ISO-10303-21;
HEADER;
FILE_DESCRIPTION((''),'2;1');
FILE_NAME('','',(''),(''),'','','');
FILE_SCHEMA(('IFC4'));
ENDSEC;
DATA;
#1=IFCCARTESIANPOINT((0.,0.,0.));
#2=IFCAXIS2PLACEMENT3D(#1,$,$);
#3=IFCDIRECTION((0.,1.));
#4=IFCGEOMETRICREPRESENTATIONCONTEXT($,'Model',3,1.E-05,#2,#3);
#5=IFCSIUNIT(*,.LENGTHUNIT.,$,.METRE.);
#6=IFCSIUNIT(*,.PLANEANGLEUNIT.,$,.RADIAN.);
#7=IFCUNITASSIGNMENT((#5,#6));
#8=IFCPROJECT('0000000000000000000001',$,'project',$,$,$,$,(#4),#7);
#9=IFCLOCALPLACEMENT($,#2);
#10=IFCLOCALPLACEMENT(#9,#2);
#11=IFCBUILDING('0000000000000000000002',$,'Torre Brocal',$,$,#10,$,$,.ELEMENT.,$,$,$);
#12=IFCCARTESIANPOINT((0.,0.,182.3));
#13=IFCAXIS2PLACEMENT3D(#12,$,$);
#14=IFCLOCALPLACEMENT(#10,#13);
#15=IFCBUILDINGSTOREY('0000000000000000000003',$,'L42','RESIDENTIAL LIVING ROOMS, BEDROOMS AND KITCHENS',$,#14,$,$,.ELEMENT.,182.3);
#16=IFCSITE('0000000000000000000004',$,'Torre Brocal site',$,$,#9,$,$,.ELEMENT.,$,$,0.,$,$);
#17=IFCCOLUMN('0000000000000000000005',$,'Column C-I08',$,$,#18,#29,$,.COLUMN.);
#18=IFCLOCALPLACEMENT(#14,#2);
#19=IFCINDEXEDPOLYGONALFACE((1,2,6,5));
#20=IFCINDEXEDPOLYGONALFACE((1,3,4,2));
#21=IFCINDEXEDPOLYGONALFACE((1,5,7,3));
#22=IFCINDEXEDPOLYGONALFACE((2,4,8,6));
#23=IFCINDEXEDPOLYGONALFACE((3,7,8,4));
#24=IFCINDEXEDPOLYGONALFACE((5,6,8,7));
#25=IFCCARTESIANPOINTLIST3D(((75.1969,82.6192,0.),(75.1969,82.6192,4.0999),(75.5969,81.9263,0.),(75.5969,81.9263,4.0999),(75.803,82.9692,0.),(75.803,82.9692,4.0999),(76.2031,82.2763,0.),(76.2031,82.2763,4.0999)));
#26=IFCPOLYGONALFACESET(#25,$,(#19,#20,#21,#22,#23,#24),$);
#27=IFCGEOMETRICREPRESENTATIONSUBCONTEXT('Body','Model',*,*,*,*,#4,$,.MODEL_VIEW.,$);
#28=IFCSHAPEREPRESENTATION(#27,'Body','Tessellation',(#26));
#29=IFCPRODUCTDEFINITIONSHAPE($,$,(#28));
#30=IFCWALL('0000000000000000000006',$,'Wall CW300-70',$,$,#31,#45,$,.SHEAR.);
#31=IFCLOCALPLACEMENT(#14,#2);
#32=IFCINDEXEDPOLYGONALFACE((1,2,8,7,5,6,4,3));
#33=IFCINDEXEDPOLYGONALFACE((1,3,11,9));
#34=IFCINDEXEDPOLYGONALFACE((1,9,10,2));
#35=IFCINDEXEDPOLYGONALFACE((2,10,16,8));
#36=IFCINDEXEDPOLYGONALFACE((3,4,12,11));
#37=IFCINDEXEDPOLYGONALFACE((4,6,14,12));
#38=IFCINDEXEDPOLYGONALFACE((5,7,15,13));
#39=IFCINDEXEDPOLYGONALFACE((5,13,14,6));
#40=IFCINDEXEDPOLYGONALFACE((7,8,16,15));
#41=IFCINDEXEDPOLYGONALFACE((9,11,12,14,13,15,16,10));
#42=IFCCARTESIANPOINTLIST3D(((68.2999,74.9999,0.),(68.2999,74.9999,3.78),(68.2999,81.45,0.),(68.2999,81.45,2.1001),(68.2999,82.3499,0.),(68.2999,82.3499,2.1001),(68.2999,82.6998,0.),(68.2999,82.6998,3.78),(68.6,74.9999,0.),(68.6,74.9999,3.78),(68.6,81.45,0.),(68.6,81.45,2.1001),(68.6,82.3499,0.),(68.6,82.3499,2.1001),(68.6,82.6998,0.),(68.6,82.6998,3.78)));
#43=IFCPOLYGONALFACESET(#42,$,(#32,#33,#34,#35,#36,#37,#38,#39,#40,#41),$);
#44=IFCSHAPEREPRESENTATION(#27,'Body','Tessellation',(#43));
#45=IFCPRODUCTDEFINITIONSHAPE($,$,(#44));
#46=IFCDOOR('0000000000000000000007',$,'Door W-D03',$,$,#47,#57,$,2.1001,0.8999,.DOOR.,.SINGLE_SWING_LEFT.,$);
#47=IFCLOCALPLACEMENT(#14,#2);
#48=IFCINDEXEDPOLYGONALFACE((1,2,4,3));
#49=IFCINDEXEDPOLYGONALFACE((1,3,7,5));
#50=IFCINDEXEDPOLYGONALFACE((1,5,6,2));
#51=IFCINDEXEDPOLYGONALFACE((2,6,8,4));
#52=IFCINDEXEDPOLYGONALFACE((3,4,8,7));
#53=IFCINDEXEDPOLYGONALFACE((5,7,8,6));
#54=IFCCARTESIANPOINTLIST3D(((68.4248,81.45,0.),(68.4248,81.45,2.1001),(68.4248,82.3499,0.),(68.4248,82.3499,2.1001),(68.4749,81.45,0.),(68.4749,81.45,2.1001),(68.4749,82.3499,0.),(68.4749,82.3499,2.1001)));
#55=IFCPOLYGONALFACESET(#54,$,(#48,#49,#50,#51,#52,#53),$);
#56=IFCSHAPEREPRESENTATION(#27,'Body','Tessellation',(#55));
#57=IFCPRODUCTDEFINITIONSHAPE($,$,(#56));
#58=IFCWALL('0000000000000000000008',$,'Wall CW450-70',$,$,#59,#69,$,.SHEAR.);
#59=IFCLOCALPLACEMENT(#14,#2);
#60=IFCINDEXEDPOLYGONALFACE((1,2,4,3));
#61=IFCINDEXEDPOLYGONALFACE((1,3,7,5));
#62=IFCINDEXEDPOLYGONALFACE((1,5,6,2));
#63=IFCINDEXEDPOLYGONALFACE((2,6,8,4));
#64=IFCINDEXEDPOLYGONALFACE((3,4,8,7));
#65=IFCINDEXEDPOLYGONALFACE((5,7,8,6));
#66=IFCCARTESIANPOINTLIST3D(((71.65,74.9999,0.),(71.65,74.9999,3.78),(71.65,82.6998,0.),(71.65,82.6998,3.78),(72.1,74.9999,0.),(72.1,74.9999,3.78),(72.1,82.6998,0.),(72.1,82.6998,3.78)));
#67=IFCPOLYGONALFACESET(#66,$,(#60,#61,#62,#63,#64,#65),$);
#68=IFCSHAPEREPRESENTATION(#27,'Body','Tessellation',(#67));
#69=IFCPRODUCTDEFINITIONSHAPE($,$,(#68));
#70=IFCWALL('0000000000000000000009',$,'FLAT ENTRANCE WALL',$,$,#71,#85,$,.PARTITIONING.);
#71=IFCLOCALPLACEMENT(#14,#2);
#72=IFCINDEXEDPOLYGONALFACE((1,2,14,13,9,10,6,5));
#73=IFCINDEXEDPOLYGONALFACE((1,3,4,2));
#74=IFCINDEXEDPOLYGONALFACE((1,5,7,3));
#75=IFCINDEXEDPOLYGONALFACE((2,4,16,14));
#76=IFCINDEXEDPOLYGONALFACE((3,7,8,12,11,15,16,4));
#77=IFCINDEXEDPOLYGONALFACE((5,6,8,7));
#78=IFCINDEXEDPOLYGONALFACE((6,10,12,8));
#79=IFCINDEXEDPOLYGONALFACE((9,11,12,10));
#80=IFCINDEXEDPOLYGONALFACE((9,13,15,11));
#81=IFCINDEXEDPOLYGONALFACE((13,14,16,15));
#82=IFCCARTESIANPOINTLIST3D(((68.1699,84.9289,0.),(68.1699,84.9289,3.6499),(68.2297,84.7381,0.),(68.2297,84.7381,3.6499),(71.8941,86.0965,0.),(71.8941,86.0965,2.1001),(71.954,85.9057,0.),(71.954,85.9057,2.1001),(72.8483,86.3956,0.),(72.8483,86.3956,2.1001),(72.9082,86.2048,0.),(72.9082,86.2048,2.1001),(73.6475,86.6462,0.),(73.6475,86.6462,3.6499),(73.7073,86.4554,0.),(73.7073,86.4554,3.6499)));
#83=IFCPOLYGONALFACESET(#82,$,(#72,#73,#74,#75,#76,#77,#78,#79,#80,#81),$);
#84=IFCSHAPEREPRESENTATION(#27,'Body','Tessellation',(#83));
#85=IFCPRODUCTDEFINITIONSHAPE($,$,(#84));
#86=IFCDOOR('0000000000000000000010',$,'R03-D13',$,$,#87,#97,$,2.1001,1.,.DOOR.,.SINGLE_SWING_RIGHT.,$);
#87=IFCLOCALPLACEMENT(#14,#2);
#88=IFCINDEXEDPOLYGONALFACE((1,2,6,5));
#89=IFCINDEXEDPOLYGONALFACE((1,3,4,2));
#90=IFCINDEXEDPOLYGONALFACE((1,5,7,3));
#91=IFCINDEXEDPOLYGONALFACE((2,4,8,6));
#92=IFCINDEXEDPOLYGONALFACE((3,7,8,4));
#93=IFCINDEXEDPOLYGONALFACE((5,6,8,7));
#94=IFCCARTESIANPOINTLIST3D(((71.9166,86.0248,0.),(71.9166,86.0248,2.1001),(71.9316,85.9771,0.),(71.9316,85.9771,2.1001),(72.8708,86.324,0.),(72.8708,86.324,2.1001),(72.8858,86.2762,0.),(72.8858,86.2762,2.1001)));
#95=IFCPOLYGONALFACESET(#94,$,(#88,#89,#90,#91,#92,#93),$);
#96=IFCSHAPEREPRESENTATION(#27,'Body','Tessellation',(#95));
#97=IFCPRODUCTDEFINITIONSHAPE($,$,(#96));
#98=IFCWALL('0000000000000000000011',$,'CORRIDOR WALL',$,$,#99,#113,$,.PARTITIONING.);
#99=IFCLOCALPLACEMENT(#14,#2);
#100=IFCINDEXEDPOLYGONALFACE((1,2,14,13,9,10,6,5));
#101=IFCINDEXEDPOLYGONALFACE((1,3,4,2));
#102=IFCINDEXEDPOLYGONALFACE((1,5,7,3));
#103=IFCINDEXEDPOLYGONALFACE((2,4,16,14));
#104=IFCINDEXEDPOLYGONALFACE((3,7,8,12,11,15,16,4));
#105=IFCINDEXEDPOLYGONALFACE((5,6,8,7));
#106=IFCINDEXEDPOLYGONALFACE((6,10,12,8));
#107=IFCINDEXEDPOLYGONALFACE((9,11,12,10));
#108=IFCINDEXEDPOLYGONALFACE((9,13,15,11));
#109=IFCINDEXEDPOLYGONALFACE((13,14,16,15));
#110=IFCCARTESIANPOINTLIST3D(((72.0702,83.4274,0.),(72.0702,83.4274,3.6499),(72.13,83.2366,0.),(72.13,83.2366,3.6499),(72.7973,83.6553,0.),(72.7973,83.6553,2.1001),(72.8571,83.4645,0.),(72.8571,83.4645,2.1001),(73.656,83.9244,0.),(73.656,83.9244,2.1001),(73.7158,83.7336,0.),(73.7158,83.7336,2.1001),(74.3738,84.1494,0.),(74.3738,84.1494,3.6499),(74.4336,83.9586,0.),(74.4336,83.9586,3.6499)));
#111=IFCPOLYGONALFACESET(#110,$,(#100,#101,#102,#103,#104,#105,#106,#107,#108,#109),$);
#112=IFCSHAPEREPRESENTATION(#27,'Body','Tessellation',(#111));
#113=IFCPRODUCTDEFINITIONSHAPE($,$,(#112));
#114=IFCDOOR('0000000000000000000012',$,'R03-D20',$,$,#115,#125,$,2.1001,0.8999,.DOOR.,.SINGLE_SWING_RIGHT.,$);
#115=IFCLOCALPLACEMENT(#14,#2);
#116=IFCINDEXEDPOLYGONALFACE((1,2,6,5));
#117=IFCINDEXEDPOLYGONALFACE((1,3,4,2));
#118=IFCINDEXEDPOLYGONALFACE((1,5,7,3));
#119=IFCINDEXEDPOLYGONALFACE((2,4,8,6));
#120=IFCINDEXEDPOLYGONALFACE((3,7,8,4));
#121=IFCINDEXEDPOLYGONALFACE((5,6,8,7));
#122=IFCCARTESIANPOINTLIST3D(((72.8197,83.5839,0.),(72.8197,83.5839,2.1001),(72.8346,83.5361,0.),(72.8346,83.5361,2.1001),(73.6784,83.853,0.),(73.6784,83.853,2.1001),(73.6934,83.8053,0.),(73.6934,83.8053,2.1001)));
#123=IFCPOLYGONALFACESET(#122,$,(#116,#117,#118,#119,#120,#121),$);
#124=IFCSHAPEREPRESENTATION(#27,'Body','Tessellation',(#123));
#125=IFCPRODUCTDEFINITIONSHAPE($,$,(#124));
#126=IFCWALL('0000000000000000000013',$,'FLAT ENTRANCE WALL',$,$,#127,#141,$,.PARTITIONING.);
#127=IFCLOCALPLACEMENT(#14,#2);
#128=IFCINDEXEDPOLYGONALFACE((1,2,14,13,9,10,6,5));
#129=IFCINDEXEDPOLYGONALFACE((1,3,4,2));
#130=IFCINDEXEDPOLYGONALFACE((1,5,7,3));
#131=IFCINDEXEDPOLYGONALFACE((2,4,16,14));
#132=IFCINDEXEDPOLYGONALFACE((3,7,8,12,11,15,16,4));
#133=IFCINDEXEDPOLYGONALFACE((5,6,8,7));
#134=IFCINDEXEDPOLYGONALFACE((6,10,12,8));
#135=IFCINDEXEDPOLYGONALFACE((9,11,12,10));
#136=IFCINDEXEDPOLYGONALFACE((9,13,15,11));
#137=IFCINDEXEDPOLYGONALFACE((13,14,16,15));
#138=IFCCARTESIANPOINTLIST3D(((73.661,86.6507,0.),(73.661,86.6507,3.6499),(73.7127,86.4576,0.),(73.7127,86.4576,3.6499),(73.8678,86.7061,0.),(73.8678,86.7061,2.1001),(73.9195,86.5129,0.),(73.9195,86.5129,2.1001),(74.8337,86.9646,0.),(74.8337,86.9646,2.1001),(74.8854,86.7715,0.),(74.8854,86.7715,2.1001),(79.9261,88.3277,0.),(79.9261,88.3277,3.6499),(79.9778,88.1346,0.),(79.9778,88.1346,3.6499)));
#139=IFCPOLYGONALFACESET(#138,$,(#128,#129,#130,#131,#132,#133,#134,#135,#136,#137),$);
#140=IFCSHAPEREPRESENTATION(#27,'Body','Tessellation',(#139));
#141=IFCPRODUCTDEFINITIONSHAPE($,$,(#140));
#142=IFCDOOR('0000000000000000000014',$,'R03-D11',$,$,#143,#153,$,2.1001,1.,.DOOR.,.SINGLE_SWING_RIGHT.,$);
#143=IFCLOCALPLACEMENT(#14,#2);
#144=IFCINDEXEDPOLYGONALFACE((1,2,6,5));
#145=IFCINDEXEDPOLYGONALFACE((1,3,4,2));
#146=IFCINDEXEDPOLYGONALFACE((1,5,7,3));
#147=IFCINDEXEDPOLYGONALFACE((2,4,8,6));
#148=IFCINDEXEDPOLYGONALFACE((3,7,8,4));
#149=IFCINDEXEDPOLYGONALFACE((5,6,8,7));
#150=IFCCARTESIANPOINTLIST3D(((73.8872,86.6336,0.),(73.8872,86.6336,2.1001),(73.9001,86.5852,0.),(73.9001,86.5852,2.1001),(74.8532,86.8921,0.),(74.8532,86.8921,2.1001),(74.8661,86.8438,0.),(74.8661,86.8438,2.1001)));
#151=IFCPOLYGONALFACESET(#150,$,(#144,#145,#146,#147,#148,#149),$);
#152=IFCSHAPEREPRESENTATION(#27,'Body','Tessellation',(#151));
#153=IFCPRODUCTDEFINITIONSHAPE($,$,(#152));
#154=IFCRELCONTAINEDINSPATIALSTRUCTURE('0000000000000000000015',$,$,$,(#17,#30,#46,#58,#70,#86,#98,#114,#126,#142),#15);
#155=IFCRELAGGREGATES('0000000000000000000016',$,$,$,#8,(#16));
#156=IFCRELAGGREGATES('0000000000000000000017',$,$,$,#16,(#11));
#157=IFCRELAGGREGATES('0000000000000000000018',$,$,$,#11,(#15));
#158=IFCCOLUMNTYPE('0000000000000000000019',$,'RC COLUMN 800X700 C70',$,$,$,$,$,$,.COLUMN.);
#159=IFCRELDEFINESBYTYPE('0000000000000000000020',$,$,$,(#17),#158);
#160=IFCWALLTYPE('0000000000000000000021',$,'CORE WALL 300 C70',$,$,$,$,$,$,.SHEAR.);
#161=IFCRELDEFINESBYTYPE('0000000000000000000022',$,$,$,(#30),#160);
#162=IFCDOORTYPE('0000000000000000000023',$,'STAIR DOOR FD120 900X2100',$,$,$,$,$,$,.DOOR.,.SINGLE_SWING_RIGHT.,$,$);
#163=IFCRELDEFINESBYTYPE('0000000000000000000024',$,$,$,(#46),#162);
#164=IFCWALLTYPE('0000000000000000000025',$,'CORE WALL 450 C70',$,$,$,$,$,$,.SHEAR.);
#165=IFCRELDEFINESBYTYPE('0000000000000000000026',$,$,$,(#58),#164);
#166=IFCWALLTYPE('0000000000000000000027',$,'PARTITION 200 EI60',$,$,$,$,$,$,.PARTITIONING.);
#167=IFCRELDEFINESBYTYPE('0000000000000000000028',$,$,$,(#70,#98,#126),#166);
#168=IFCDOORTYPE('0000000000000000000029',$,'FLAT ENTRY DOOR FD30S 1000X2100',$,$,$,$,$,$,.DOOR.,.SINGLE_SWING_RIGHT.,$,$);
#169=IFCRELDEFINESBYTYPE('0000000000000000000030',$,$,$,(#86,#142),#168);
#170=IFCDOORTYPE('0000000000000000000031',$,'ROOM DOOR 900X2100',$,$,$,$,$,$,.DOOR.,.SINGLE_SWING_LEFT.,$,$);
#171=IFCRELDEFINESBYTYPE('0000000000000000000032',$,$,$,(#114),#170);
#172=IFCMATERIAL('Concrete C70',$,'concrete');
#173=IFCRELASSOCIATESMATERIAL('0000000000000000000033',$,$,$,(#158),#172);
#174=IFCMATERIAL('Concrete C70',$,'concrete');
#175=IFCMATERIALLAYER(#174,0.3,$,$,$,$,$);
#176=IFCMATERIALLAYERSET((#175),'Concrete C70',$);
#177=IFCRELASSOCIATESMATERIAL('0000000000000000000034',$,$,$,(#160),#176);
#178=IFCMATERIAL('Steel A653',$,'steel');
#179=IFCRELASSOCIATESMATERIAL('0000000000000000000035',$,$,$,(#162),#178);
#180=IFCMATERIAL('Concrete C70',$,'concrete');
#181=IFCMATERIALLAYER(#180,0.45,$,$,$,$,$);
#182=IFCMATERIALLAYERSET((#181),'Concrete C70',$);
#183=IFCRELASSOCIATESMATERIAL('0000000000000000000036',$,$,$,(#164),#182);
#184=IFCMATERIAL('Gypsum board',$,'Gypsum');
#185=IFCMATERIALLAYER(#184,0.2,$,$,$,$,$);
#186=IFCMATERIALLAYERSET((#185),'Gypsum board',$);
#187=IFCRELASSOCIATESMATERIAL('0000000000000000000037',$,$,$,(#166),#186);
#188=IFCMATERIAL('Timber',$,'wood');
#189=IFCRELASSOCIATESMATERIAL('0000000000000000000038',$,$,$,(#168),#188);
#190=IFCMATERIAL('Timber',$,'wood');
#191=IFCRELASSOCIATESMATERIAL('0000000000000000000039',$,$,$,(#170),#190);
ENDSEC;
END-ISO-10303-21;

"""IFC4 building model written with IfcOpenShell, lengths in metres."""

from ifc_helpers import new_model, si_unit, direction, frame, frame_2d, origin, origin_2d, place, context, subcontext, project, spatial, rectangle, extrude, material, layer, layer_set, material_profile, profile_set, type_object, element, fill, save


model = new_model("IFC4")

# Units and contexts
model_context = context("Model", 3, precision=1e-05, world=origin(), true_north=direction((0.0, 1.0)))
body_context = subcontext(model_context, "Body", "Model", "MODEL_VIEW")
ifc_project = project(units=[si_unit("LENGTHUNIT", "METRE"), si_unit("PLANEANGLEUNIT", "RADIAN")], contexts=[model_context])

# Site, building, storey
site_placement = place(None, origin())
site = spatial("IfcSite", under=ifc_project, at=site_placement, Name="Torre Brocal site", CompositionType="ELEMENT", RefElevation=0.0)
building_placement = place(site_placement, origin())
building = spatial("IfcBuilding", under=site, at=building_placement, Name="Torre Brocal", CompositionType="ELEMENT")
storey_placement = place(building_placement, frame((0.0, 0.0, 182.3)))
storey = spatial("IfcBuildingStorey", under=building, at=storey_placement, Name="L42", Description="RESIDENTIAL LIVING ROOMS, BEDROOMS AND KITCHENS", CompositionType="ELEMENT", Elevation=182.3)

# Column
ifc_material_1 = material(Name="Concrete C70", Category="concrete")
ifc_material_profile = material_profile(ifc_material_1, rectangle(XDim=0.8, YDim=0.7, at=origin_2d()), Name="RC 800X700")
ifc_profile_set = profile_set([ifc_material_profile], Name="Concrete C70")
column_type = type_object("IfcColumnType", Name="RC COLUMN 800X700 C70", PredefinedType="COLUMN", material=ifc_profile_set)
column_placement = place(storey_placement, frame((75.7, 82.4478, 0.0), z_axis=(0.0, 0.0, 1.0), x_axis=(-0.5, 0.866025, 0.0)))
element("IfcColumn", 1, at=column_placement, inside=storey, type_object=column_type, Name="Column C-I08", PredefinedType="COLUMN", context=body_context, shape_type="SweptSolid", body=[
    extrude(rectangle(XDim=0.8, YDim=0.7, at=origin_2d()), origin(), (0.0, 0.0, 1.0), 4.0999),
])

# Wall, opening, door
ifc_material_2 = material(Name="Concrete C70", Category="concrete")
ifc_layer_1 = layer(ifc_material_2, 0.3)
ifc_layer_set_1 = layer_set([ifc_layer_1], Name="Concrete C70")
wall_type_1 = type_object("IfcWallType", Name="CORE WALL 300 C70", PredefinedType="SHEAR", material=ifc_layer_set_1)
wall_1_placement = place(storey_placement, frame((68.45, 82.7, 0.0), z_axis=(0.0, 0.0, 1.0), x_axis=(0.0, -1.0, 0.0)))
wall_1 = element("IfcWall", 2, at=wall_1_placement, inside=storey, type_object=wall_type_1, Name="Wall CW300-70", PredefinedType="SHEAR", context=body_context, shape_type="SweptSolid", body=[
    extrude(rectangle(XDim=7.7, YDim=0.3, at=frame_2d((3.8501, 0.0))), origin(), (0.0, 0.0, 1.0), 3.78),
])
opening_1_placement = place(wall_1_placement, frame((0.3501, 0.0, 0.0)))
opening_1 = element("IfcOpeningElement", 3, at=opening_1_placement, cuts=wall_1, PredefinedType="OPENING", context=body_context, shape_type="SweptSolid", body=[
    extrude(rectangle(XDim=0.8999, YDim=2.1001, at=frame_2d((0.45, 1.05))), frame((0.0, 0.1599, 0.0), z_axis=(0.0, -1.0, 0.0), x_axis=(1.0, 0.0, 0.0)), (0.0, 0.0, 1.0), 0.3201),
])
ifc_material_3 = material(Name="Steel A653", Category="steel")
door_type_1 = type_object("IfcDoorType", Name="STAIR DOOR FD120 900X2100", OperationType="SINGLE_SWING_RIGHT", PredefinedType="DOOR", material=ifc_material_3)
door_1_placement = place(opening_1_placement, origin())
door_1 = element("IfcDoor", 4, at=door_1_placement, inside=storey, type_object=door_type_1, Name="Door W-D03", OperationType="SINGLE_SWING_LEFT", OverallHeight=2.1001, OverallWidth=0.8999, PredefinedType="DOOR", context=body_context, shape_type="SweptSolid", body=[
    extrude(rectangle(XDim=0.8999, YDim=2.1001, at=frame_2d((0.45, 1.05))), frame((0.0, 0.0249, 0.0), z_axis=(0.0, -1.0, 0.0), x_axis=(1.0, 0.0, 0.0)), (0.0, 0.0, 1.0), 0.05),
])
fill(opening_1, door_1)

# Wall
ifc_material_4 = material(Name="Concrete C70", Category="concrete")
ifc_layer_2 = layer(ifc_material_4, 0.45)
ifc_layer_set_2 = layer_set([ifc_layer_2], Name="Concrete C70")
wall_type_2 = type_object("IfcWallType", Name="CORE WALL 450 C70", PredefinedType="SHEAR", material=ifc_layer_set_2)
wall_2_placement = place(storey_placement, frame((71.875, 82.7, 0.0), z_axis=(0.0, 0.0, 1.0), x_axis=(0.0, -1.0, 0.0)))
element("IfcWall", 5, at=wall_2_placement, inside=storey, type_object=wall_type_2, Name="Wall CW450-70", PredefinedType="SHEAR", context=body_context, shape_type="SweptSolid", body=[
    extrude(rectangle(XDim=7.7, YDim=0.45, at=frame_2d((3.8501, 0.0))), origin(), (0.0, 0.0, 1.0), 3.78),
])

# Walls, openings, doors
ifc_material_5 = material(Name="Gypsum board", Category="Gypsum")
ifc_layer_3 = layer(ifc_material_5, 0.2)
ifc_layer_set_3 = layer_set([ifc_layer_3], Name="Gypsum board")
wall_type_3 = type_object("IfcWallType", Name="PARTITION 200 EI60", PredefinedType="PARTITIONING", material=ifc_layer_set_3)
wall_3_placement = place(storey_placement, frame((68.2, 84.8335, 0.0), z_axis=(0.0, 0.0, 1.0), x_axis=(0.954204, 0.299156, 0.0)))
wall_3 = element("IfcWall", 6, at=wall_3_placement, inside=storey, type_object=wall_type_3, Name="FLAT ENTRANCE WALL", PredefinedType="PARTITIONING", context=body_context, shape_type="SweptSolid", body=[
    extrude(rectangle(XDim=5.7405, YDim=0.2, at=frame_2d((2.8701, 0.0))), origin(), (0.0, 0.0, 1.0), 3.6499),
])
opening_2_placement = place(wall_3_placement, frame((3.9028, 0.0, 0.0)))
opening_2 = element("IfcOpeningElement", 7, at=opening_2_placement, cuts=wall_3, PredefinedType="OPENING", context=body_context, shape_type="SweptSolid", body=[
    extrude(rectangle(XDim=1.0, YDim=2.1001, at=frame_2d((0.5, 1.05))), frame((0.0, 0.1099, 0.0), z_axis=(0.0, -1.0, 0.0), x_axis=(1.0, 0.0, 0.0)), (0.0, 0.0, 1.0), 0.22),
])
ifc_material_6 = material(Name="Timber", Category="wood")
door_type_2 = type_object("IfcDoorType", Name="FLAT ENTRY DOOR FD30S 1000X2100", OperationType="SINGLE_SWING_RIGHT", PredefinedType="DOOR", material=ifc_material_6)
door_2_placement = place(opening_2_placement, origin())
door_2 = element("IfcDoor", 8, at=door_2_placement, inside=storey, type_object=door_type_2, Name="R03-D13", OperationType="SINGLE_SWING_RIGHT", OverallHeight=2.1001, OverallWidth=1.0, PredefinedType="DOOR", context=body_context, shape_type="SweptSolid", body=[
    extrude(rectangle(XDim=1.0, YDim=2.1001, at=frame_2d((0.5, 1.05))), frame((0.0, 0.0249, 0.0), z_axis=(0.0, -1.0, 0.0), x_axis=(1.0, 0.0, 0.0)), (0.0, 0.0, 1.0), 0.05),
])
fill(opening_2, door_2)
wall_4_placement = place(storey_placement, frame((72.1001, 83.332, 0.0), z_axis=(0.0, 0.0, 1.0), x_axis=(0.954233, 0.299064, 0.0)))
wall_4 = element("IfcWall", 9, at=wall_4_placement, inside=storey, type_object=wall_type_3, Name="CORRIDOR WALL", PredefinedType="PARTITIONING", context=body_context, shape_type="SweptSolid", body=[
    extrude(rectangle(XDim=2.4141, YDim=0.2, at=frame_2d((1.207, 0.0))), origin(), (0.0, 0.0, 1.0), 3.6499),
])
opening_3_placement = place(wall_4_placement, frame((0.762, 0.0, 0.0)))
opening_3 = element("IfcOpeningElement", 10, at=opening_3_placement, cuts=wall_4, PredefinedType="OPENING", context=body_context, shape_type="SweptSolid", body=[
    extrude(rectangle(XDim=0.8999, YDim=2.1001, at=frame_2d((0.45, 1.05))), frame((0.0, 0.1099, 0.0), z_axis=(0.0, -1.0, 0.0), x_axis=(1.0, 0.0, 0.0)), (0.0, 0.0, 1.0), 0.22),
])
ifc_material_7 = material(Name="Timber", Category="wood")
door_type_3 = type_object("IfcDoorType", Name="ROOM DOOR 900X2100", OperationType="SINGLE_SWING_LEFT", PredefinedType="DOOR", material=ifc_material_7)
door_3_placement = place(opening_3_placement, frame((0.8999, 0.0, 0.0), z_axis=(0.0, 0.0, 1.0), x_axis=(-1.0, 0.0, 0.0)))
door_3 = element("IfcDoor", 11, at=door_3_placement, inside=storey, type_object=door_type_3, Name="R03-D20", OperationType="SINGLE_SWING_RIGHT", OverallHeight=2.1001, OverallWidth=0.8999, PredefinedType="DOOR", context=body_context, shape_type="SweptSolid", body=[
    extrude(rectangle(XDim=0.8999, YDim=2.1001, at=frame_2d((0.45, 1.05))), frame((0.0, 0.0249, 0.0), z_axis=(0.0, -1.0, 0.0), x_axis=(1.0, 0.0, 0.0)), (0.0, 0.0, 1.0), 0.05),
])
fill(opening_3, door_3)
wall_5_placement = place(storey_placement, frame((73.687, 86.5542, 0.0), z_axis=(0.0, 0.0, 1.0), x_axis=(0.965993, 0.258569, 0.0)))
wall_5 = element("IfcWall", 12, at=wall_5_placement, inside=storey, type_object=wall_type_3, Name="FLAT ENTRANCE WALL", PredefinedType="PARTITIONING", context=body_context, shape_type="SweptSolid", body=[
    extrude(rectangle(XDim=6.4856, YDim=0.2, at=frame_2d((3.2427, 0.0))), origin(), (0.0, 0.0, 1.0), 3.6499),
])
opening_4_placement = place(wall_5_placement, frame((0.2139, 0.0, 0.0)))
opening_4 = element("IfcOpeningElement", 13, at=opening_4_placement, cuts=wall_5, PredefinedType="OPENING", context=body_context, shape_type="SweptSolid", body=[
    extrude(rectangle(XDim=1.0, YDim=2.1001, at=frame_2d((0.5, 1.05))), frame((0.0, 0.1099, 0.0), z_axis=(0.0, -1.0, 0.0), x_axis=(1.0, 0.0, 0.0)), (0.0, 0.0, 1.0), 0.22),
])
door_4_placement = place(opening_4_placement, origin())
door_4 = element("IfcDoor", 14, at=door_4_placement, inside=storey, type_object=door_type_2, Name="R03-D11", OperationType="SINGLE_SWING_RIGHT", OverallHeight=2.1001, OverallWidth=1.0, PredefinedType="DOOR", context=body_context, shape_type="SweptSolid", body=[
    extrude(rectangle(XDim=1.0, YDim=2.1001, at=frame_2d((0.5, 1.05))), frame((0.0, 0.0249, 0.0), z_axis=(0.0, -1.0, 0.0), x_axis=(1.0, 0.0, 0.0)), (0.0, 0.0, 1.0), 0.05),
])
fill(opening_4, door_4)

save(model, "model.ifc")
